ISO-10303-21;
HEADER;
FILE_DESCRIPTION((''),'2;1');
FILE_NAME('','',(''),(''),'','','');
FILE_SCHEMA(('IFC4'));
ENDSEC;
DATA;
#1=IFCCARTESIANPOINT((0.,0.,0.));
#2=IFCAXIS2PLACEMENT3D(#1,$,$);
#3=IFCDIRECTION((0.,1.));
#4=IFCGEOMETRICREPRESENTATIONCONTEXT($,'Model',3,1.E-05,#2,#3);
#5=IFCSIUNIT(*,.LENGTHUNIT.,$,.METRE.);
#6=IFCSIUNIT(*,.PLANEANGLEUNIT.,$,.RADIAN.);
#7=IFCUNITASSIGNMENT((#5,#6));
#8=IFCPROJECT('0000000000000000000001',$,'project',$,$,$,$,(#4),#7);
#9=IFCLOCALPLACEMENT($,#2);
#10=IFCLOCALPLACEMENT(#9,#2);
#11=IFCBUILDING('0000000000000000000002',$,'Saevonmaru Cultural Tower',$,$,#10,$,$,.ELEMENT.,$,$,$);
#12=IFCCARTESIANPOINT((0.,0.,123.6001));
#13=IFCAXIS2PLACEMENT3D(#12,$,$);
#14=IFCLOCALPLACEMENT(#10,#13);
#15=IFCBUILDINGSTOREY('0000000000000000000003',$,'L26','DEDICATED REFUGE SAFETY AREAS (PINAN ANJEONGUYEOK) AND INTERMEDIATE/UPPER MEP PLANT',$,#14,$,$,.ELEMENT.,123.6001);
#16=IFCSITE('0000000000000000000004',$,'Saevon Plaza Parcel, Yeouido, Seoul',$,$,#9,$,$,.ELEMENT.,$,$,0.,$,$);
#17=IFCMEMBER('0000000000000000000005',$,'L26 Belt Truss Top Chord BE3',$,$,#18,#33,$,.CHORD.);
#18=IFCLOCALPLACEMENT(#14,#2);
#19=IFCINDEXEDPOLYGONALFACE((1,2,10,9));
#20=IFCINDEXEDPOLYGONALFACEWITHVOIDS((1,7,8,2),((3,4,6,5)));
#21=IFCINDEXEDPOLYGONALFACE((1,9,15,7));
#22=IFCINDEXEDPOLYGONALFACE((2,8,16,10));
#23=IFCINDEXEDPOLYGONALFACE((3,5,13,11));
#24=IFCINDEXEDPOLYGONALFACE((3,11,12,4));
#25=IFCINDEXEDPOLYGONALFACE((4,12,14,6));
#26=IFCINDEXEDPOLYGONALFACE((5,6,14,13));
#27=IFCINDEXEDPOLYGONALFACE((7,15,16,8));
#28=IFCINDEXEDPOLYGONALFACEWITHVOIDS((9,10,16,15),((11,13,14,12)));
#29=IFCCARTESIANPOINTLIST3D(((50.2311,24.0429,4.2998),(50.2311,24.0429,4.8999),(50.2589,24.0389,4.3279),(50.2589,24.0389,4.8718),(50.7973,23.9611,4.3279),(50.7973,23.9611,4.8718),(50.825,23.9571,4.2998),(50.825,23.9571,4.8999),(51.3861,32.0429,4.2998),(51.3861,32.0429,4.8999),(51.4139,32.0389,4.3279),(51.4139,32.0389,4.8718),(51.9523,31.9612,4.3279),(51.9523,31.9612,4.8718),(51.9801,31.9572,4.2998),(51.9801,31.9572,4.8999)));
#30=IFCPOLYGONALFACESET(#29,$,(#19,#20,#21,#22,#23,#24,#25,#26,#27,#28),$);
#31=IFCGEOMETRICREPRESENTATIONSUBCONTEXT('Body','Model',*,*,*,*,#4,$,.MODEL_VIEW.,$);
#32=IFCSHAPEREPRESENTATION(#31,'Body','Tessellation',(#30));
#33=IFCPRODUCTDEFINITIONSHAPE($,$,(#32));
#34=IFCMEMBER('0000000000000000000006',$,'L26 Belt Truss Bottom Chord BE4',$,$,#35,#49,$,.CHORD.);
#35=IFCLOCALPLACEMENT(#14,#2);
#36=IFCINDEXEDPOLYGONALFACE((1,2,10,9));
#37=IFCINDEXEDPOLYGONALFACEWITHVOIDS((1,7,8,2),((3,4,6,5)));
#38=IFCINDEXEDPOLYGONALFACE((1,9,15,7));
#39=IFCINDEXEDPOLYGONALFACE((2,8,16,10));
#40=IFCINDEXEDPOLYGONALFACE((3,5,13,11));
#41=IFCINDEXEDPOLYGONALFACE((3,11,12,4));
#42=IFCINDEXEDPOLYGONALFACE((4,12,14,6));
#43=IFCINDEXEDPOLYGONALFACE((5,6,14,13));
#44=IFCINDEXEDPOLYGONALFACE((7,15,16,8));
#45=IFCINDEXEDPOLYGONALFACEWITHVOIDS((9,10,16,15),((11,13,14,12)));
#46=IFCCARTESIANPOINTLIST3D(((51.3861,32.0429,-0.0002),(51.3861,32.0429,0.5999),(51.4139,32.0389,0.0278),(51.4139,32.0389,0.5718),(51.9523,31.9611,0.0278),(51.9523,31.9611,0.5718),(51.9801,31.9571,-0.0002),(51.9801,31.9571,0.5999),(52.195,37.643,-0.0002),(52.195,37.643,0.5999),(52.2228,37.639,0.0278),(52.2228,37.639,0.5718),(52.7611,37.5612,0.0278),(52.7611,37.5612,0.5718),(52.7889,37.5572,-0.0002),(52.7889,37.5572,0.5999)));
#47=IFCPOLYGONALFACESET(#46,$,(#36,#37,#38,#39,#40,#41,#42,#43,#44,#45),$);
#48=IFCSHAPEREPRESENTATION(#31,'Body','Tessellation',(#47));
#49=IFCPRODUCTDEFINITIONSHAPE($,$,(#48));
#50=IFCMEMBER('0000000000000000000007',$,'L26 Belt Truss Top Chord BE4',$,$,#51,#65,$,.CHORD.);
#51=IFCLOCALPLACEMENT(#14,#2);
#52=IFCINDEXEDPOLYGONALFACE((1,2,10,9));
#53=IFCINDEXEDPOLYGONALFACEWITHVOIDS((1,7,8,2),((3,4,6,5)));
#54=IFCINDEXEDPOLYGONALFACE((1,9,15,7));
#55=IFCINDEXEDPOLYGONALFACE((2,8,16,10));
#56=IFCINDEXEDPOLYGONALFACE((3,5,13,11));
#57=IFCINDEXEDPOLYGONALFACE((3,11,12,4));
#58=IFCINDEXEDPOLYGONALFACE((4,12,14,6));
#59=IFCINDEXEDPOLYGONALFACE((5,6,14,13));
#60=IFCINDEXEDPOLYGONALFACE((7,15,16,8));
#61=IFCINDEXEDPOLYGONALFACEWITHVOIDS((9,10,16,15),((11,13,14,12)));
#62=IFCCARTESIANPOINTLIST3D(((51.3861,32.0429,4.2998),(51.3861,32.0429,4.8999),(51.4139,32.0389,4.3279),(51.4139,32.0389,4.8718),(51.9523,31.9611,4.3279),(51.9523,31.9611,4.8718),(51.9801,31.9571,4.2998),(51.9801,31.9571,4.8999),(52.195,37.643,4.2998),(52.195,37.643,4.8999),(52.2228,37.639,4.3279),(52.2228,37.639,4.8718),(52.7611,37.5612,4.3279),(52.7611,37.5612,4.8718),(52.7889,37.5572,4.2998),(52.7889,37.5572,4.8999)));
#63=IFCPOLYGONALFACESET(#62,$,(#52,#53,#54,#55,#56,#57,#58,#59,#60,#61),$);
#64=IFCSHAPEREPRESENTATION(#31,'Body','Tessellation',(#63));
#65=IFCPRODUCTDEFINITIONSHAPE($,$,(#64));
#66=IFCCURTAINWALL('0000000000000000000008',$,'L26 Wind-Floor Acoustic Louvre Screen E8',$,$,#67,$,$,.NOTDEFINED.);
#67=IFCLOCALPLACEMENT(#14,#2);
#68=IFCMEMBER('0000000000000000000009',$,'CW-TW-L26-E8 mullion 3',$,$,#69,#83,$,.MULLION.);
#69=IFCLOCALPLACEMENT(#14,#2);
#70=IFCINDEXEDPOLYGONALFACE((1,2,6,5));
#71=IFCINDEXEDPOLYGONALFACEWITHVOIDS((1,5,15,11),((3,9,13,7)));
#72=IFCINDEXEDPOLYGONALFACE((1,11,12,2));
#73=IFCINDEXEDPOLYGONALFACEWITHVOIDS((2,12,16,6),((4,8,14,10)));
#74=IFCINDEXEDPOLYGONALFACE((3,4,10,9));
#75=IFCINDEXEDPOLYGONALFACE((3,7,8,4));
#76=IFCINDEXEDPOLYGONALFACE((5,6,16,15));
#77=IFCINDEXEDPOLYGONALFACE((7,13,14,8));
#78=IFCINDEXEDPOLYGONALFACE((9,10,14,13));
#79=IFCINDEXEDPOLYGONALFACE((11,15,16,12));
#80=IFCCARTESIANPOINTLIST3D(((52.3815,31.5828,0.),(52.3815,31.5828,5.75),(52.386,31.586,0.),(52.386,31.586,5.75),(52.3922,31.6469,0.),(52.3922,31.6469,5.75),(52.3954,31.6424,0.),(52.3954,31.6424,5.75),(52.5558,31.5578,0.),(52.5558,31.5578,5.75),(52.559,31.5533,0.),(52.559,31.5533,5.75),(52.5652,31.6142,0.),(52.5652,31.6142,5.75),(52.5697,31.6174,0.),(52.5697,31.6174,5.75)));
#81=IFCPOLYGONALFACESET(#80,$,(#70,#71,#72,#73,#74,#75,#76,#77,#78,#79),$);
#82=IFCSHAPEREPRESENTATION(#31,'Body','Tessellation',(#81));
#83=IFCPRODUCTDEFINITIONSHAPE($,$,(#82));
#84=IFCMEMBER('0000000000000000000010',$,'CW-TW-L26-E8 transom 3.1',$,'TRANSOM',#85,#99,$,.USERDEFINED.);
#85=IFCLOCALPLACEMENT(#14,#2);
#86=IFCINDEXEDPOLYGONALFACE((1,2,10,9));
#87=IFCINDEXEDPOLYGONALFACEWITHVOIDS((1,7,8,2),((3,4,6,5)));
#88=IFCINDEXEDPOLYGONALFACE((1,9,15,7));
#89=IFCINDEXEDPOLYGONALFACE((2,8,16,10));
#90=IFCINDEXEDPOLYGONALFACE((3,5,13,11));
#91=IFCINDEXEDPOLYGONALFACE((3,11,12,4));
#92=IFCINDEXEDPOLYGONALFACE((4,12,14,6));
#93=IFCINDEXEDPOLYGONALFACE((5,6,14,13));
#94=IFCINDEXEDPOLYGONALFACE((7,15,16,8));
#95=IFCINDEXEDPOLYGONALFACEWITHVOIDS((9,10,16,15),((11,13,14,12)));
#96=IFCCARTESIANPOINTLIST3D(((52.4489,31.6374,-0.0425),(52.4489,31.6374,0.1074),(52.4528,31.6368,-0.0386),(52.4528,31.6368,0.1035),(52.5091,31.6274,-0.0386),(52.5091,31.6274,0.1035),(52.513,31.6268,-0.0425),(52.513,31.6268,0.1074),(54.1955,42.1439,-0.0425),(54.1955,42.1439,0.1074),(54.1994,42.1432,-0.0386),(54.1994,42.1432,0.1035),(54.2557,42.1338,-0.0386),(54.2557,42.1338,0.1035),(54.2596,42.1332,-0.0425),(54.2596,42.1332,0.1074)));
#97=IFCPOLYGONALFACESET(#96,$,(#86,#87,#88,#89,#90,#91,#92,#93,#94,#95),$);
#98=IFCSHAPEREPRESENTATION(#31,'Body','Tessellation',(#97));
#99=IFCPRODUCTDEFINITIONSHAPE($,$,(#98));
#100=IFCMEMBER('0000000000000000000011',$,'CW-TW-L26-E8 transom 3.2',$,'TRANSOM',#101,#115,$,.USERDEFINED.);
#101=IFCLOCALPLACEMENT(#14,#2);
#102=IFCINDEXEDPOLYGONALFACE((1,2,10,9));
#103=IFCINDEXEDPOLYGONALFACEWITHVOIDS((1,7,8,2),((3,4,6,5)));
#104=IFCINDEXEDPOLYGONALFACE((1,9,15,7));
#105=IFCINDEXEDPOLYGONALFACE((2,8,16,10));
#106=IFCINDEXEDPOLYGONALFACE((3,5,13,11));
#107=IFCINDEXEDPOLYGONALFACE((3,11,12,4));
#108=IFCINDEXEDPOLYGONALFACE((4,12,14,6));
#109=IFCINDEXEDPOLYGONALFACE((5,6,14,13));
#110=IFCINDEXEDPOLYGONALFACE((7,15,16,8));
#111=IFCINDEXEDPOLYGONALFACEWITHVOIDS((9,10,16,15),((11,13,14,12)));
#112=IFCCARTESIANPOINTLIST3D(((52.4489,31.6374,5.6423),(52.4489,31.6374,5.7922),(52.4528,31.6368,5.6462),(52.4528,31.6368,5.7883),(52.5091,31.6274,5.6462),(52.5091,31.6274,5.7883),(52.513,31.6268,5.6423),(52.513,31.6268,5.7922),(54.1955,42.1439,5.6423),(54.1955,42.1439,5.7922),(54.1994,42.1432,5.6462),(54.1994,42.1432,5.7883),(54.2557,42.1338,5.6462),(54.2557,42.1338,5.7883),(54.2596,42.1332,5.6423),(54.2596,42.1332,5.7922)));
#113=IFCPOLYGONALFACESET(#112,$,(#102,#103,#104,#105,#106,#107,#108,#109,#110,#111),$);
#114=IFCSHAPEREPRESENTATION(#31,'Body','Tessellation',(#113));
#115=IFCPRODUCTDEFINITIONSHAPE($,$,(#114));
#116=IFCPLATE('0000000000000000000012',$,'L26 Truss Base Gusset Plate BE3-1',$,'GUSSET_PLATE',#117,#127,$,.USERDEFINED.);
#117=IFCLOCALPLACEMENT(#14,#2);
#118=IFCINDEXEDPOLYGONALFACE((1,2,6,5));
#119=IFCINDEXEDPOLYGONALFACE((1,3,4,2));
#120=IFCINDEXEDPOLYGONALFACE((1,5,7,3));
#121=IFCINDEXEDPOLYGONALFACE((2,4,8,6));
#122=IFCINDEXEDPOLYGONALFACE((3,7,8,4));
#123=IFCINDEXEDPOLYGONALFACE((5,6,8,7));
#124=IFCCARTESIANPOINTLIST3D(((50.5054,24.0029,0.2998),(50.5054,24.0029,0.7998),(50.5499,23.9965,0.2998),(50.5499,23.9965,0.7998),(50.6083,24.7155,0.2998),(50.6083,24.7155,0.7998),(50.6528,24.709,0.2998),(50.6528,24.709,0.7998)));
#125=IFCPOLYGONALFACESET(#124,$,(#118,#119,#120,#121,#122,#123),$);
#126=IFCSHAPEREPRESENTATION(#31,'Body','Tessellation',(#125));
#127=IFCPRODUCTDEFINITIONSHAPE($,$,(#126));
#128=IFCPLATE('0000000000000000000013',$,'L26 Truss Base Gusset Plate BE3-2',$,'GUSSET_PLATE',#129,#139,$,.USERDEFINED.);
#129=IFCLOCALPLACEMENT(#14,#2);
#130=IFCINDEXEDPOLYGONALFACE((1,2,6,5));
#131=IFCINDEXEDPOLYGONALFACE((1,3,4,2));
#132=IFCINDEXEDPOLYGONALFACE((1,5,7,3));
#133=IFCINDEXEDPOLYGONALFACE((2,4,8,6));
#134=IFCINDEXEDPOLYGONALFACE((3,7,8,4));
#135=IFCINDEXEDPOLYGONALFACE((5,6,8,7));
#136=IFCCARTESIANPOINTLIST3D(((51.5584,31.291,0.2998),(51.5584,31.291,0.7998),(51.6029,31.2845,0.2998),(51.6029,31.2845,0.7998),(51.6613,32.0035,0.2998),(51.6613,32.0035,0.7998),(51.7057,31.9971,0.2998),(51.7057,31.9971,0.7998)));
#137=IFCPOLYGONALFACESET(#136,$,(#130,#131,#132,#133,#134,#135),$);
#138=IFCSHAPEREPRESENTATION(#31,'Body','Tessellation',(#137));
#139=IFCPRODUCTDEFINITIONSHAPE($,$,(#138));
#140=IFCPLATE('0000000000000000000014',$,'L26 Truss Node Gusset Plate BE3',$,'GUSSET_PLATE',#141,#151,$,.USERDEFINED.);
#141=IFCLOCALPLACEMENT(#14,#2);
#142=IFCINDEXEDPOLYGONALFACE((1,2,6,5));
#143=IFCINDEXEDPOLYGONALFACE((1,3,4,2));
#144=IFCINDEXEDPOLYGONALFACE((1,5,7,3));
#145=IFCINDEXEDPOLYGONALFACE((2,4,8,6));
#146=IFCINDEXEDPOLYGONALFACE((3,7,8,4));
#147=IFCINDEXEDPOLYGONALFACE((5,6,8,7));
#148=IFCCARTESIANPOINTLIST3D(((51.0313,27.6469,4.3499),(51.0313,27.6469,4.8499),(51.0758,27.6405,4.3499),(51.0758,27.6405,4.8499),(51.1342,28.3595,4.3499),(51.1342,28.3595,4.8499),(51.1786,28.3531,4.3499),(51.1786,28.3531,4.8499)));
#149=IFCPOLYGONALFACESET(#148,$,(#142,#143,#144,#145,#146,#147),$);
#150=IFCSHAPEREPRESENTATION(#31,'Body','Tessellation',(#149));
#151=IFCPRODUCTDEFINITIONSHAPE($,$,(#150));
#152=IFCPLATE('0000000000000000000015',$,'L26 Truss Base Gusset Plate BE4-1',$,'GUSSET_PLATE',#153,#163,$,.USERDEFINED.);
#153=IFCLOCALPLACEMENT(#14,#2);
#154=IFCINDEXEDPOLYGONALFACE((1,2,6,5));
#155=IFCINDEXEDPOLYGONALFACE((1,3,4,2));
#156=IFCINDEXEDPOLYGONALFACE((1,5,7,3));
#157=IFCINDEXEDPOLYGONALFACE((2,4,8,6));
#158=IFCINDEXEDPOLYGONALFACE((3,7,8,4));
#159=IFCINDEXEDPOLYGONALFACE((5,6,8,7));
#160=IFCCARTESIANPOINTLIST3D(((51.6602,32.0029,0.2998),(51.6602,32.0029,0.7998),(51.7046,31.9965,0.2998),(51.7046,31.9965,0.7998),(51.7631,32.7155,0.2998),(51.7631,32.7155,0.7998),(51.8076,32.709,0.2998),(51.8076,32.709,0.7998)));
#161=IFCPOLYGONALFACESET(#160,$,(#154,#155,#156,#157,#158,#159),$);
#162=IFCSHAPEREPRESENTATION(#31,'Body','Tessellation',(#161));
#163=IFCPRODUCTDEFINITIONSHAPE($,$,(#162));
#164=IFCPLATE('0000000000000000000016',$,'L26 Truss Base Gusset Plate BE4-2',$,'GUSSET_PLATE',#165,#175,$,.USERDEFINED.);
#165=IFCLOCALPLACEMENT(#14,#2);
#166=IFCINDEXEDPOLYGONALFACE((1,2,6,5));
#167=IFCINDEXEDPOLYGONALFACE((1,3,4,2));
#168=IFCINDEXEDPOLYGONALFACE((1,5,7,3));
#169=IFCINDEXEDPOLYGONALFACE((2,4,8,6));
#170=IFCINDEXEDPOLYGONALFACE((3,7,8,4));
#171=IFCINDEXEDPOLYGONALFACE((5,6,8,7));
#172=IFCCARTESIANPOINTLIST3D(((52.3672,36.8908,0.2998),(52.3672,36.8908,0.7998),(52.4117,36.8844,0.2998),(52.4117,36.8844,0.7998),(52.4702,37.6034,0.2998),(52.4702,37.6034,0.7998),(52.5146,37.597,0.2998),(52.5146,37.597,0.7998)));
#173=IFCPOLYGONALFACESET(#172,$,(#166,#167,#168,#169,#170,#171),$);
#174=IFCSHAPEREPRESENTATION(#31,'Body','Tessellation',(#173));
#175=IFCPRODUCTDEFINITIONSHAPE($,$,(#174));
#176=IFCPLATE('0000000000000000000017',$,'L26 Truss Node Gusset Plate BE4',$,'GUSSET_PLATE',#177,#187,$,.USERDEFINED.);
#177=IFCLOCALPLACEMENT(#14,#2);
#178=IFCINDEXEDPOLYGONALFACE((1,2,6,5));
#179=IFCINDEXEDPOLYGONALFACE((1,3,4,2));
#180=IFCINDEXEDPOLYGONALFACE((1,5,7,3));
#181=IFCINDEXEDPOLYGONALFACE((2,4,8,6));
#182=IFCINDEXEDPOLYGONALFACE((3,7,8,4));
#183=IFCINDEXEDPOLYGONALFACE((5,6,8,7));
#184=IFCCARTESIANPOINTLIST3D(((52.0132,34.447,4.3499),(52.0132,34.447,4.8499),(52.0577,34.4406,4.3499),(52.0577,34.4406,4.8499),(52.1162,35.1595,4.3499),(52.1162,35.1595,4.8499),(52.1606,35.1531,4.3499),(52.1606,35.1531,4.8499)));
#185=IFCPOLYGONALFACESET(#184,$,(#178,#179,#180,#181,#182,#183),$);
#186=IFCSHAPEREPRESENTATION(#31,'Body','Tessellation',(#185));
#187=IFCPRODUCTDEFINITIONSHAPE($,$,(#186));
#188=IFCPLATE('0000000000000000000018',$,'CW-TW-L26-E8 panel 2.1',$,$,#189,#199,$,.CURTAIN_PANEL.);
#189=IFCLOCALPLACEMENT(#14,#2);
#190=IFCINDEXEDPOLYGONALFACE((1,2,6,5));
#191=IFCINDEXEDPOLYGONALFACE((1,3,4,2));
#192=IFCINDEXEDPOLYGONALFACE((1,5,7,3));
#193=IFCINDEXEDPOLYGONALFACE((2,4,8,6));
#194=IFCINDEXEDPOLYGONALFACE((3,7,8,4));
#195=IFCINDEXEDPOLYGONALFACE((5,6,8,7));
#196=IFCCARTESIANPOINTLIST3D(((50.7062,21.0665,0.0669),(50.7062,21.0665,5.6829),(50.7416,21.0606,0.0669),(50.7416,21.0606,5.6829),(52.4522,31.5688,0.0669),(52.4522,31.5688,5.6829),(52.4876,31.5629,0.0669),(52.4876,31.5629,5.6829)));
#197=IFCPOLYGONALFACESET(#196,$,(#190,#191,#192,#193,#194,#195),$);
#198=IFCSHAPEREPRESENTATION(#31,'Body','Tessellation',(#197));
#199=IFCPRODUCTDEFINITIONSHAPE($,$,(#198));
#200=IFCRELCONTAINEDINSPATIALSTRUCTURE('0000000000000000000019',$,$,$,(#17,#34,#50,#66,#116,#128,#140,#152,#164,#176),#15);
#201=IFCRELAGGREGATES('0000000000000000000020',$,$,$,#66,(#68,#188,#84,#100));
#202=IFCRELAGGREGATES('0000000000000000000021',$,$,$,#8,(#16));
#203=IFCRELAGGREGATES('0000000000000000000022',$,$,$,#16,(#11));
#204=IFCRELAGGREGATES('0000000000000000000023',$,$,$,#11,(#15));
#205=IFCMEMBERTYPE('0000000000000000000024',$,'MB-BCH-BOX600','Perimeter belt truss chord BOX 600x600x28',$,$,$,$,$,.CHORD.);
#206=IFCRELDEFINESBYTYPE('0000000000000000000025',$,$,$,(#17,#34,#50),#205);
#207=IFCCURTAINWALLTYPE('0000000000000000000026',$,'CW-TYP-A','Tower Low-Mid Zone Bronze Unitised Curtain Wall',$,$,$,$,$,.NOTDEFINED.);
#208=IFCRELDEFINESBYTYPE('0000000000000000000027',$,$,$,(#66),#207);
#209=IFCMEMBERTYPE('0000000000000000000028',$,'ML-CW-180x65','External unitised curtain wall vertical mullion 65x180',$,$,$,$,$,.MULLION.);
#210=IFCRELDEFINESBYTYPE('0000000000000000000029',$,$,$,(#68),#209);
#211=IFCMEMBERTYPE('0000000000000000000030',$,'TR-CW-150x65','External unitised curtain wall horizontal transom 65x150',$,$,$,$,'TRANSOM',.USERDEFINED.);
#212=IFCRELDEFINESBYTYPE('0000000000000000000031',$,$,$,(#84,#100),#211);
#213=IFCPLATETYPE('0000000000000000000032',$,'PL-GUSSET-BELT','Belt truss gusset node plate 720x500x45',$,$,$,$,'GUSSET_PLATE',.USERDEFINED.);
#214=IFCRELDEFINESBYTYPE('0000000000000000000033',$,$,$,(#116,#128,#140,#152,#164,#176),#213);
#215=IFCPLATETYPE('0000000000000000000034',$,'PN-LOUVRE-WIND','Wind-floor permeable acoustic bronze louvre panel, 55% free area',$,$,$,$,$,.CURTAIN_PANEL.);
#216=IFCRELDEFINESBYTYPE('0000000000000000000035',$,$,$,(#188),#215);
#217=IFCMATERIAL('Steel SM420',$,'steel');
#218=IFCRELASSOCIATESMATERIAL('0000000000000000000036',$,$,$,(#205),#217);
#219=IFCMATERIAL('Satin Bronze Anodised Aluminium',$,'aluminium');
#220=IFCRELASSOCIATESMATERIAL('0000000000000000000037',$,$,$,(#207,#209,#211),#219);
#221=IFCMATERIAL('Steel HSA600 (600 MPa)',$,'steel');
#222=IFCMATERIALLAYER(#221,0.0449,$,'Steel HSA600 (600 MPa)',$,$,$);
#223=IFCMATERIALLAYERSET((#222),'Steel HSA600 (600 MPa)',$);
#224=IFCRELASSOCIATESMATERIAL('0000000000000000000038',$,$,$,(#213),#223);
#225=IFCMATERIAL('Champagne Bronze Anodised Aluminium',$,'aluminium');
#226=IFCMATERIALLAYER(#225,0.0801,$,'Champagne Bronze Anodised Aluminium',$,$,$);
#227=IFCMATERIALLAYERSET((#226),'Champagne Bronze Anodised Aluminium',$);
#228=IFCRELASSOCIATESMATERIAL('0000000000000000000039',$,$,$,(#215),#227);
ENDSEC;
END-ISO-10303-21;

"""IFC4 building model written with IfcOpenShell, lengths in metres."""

from ifc_helpers import new_model, si_unit, direction, frame, origin, origin_2d, place, context, subcontext, project, spatial, rectangle, hollow_rectangle, extrude, material, layer, layer_set, material_profile, profile_set, type_object, element, aggregate, save


model = new_model("IFC4")

# Units and contexts
model_context = context("Model", 3, precision=1e-05, world=origin(), true_north=direction((0.0, 1.0)))
body_context = subcontext(model_context, "Body", "Model", "MODEL_VIEW")
ifc_project = project(units=[si_unit("LENGTHUNIT", "METRE"), si_unit("PLANEANGLEUNIT", "RADIAN")], contexts=[model_context])

# Site, building, storey
site_placement = place(None, origin())
site = spatial("IfcSite", under=ifc_project, at=site_placement, Name="Saevon Plaza Parcel, Yeouido, Seoul", CompositionType="ELEMENT", RefElevation=0.0)
building_placement = place(site_placement, origin())
building = spatial("IfcBuilding", under=site, at=building_placement, Name="Saevonmaru Cultural Tower", CompositionType="ELEMENT")
storey_placement = place(building_placement, frame((0.0, 0.0, 123.6001)))
storey = spatial("IfcBuildingStorey", under=building, at=storey_placement, Name="L26", Description="DEDICATED REFUGE SAFETY AREAS (PINAN ANJEONGUYEOK) AND INTERMEDIATE/UPPER MEP PLANT", CompositionType="ELEMENT", Elevation=123.6001)

# Shared definitions
ifc_material_1 = material(Name="Steel SM420", Category="steel")

# Members
ifc_material_profile_1 = material_profile(ifc_material_1, hollow_rectangle(XDim=0.6001, YDim=0.6001, WallThickness=0.0281, at=origin_2d()), Name="BOX-600x600x28")
ifc_profile_set_1 = profile_set([ifc_material_profile_1], Name="Steel SM420")
member_type_1 = type_object("IfcMemberType", Name="MB-BCH-BOX600", Description="Perimeter belt truss chord BOX 600x600x28", PredefinedType="CHORD", material=ifc_profile_set_1)
for number, where, z_axis, x_axis, name in (
    (1, (50.5281, 24.0, 4.5999), (0.142897, 0.989738, 0.0), (-0.989738, 0.142897, 0.0), "L26 Belt Truss Top Chord BE3"),
):
    element("IfcMember", number, at=place(storey_placement, frame(where, z_axis=z_axis, x_axis=x_axis)), inside=storey, type_object=member_type_1, Name=name, PredefinedType="CHORD", context=body_context, shape_type="SweptSolid", body=[
        extrude(hollow_rectangle(XDim=0.6001, YDim=0.6001, WallThickness=0.0281, at=origin_2d()), origin(), (0.0, 0.0, 1.0), 8.083),
    ])
for number, where, z_axis, x_axis, name in (
    (2, (51.6831, 32.0, 0.2998), (0.142949, 0.98973, 0.0), (-0.98973, 0.142949, 0.0), "L26 Belt Truss Bottom Chord BE4"),
    (3, (51.6831, 32.0, 4.5999), (0.142949, 0.98973, 0.0), (-0.98973, 0.142949, 0.0), "L26 Belt Truss Top Chord BE4"),
):
    element("IfcMember", number, at=place(storey_placement, frame(where, z_axis=z_axis, x_axis=x_axis)), inside=storey, type_object=member_type_1, Name=name, PredefinedType="CHORD", context=body_context, shape_type="SweptSolid", body=[
        extrude(hollow_rectangle(XDim=0.6001, YDim=0.6001, WallThickness=0.0281, at=origin_2d()), origin(), (0.0, 0.0, 1.0), 5.6582),
    ])

# Curtain wall, members
ifc_material_2 = material(Name="Satin Bronze Anodised Aluminium", Category="aluminium")
curtain_wall_type = type_object("IfcCurtainWallType", Name="CW-TYP-A", Description="Tower Low-Mid Zone Bronze Unitised Curtain Wall", PredefinedType="NOTDEFINED", material=ifc_material_2)
curtain_wall_placement = place(storey_placement, origin())
curtain_wall = element("IfcCurtainWall", 4, at=curtain_wall_placement, inside=storey, type_object=curtain_wall_type, Name="L26 Wind-Floor Acoustic Louvre Screen E8", PredefinedType="NOTDEFINED")
ifc_material_profile_2 = material_profile(ifc_material_2, hollow_rectangle(XDim=0.0649, YDim=0.1799, WallThickness=0.0039, at=origin_2d()), Name="ALU-MULL-180x65x4")
ifc_profile_set_2 = profile_set([ifc_material_profile_2], Name="Satin Bronze Anodised Aluminium")
member_type_2 = type_object("IfcMemberType", Name="ML-CW-180x65", Description="External unitised curtain wall vertical mullion 65x180", PredefinedType="MULLION", material=ifc_profile_set_2)
member_1_placement = place(storey_placement, frame((52.4756, 31.6001, 0.0), z_axis=(0.0, 0.0, 1.0), x_axis=(0.163999, 0.986461, 0.0)))
member_1 = element("IfcMember", 5, at=member_1_placement, type_object=member_type_2, Name="CW-TW-L26-E8 mullion 3", PredefinedType="MULLION", context=body_context, shape_type="SweptSolid", body=[
    extrude(hollow_rectangle(XDim=0.0649, YDim=0.1799, WallThickness=0.0039, at=origin_2d()), origin(), (0.0, 0.0, 1.0), 5.75),
])
ifc_material_profile_3 = material_profile(ifc_material_2, hollow_rectangle(XDim=0.0649, YDim=0.1499, WallThickness=0.0039, at=origin_2d()), Name="ALU-TRAN-150x65x4")
ifc_profile_set_3 = profile_set([ifc_material_profile_3], Name="Satin Bronze Anodised Aluminium")
member_type_3 = type_object("IfcMemberType", Name="TR-CW-150x65", Description="External unitised curtain wall horizontal transom 65x150", ElementType="TRANSOM", PredefinedType="USERDEFINED", material=ifc_profile_set_3)
member_2_placement = place(storey_placement, frame((52.481, 31.6321, 0.0325), z_axis=(0.16399, 0.986462, 0.0), x_axis=(-0.986462, 0.16399, 0.0)))
member_2 = element("IfcMember", 6, at=member_2_placement, type_object=member_type_3, Name="CW-TW-L26-E8 transom 3.1", ObjectType="TRANSOM", PredefinedType="USERDEFINED", context=body_context, shape_type="SweptSolid", body=[
    extrude(hollow_rectangle(XDim=0.0649, YDim=0.1499, WallThickness=0.0039, at=origin_2d()), origin(), (0.0, 0.0, 1.0), 10.6506),
])
member_3_placement = place(storey_placement, frame((52.481, 31.6321, 5.7173), z_axis=(0.16399, 0.986462, 0.0), x_axis=(-0.986462, 0.16399, 0.0)))
member_3 = element("IfcMember", 7, at=member_3_placement, type_object=member_type_3, Name="CW-TW-L26-E8 transom 3.2", ObjectType="TRANSOM", PredefinedType="USERDEFINED", context=body_context, shape_type="SweptSolid", body=[
    extrude(hollow_rectangle(XDim=0.0649, YDim=0.1499, WallThickness=0.0039, at=origin_2d()), origin(), (0.0, 0.0, 1.0), 10.6506),
])

# Plates
ifc_material_3 = material(Name="Steel HSA600 (600 MPa)", Category="steel")
ifc_layer_1 = layer(ifc_material_3, 0.0449, Name="Steel HSA600 (600 MPa)")
ifc_layer_set_1 = layer_set([ifc_layer_1], Name="Steel HSA600 (600 MPa)")
plate_type_1 = type_object("IfcPlateType", Name="PL-GUSSET-BELT", Description="Belt truss gusset node plate 720x500x45", ElementType="GUSSET_PLATE", PredefinedType="USERDEFINED", material=ifc_layer_set_1)
for number, where, z_axis, x_axis, name in (
    (8, (50.5791, 24.356, 0.2998), (0.0, 0.0, 1.0), (0.142888, 0.989739, 0.0), "L26 Truss Base Gusset Plate BE3-1"),
    (9, (51.6321, 31.644, 0.2998), (0.0, 0.0, 1.0), (0.142888, 0.989739, 0.0), "L26 Truss Base Gusset Plate BE3-2"),
    (10, (51.105, 28.0, 4.3499), (0.0, 0.0, 1.0), (0.142888, 0.989739, 0.0), "L26 Truss Node Gusset Plate BE3"),
    (11, (51.7339, 32.356, 0.2998), (0.0, 0.0, 1.0), (0.142974, 0.989726, 0.0), "L26 Truss Base Gusset Plate BE4-1"),
    (12, (52.4409, 37.2439, 0.2998), (0.0, 0.0, 1.0), (0.142974, 0.989726, 0.0), "L26 Truss Base Gusset Plate BE4-2"),
    (13, (52.0869, 34.8, 4.3499), (0.0, 0.0, 1.0), (0.142974, 0.989726, 0.0), "L26 Truss Node Gusset Plate BE4"),
):
    element("IfcPlate", number, at=place(storey_placement, frame(where, z_axis=z_axis, x_axis=x_axis)), inside=storey, type_object=plate_type_1, Name=name, ObjectType="GUSSET_PLATE", PredefinedType="USERDEFINED", context=body_context, shape_type="SweptSolid", body=[
        extrude(rectangle(XDim=0.72, YDim=0.0449, at=origin_2d()), origin(), (0.0, 0.0, 1.0), 0.5),
    ])

# Plate
ifc_material_4 = material(Name="Champagne Bronze Anodised Aluminium", Category="aluminium")
ifc_layer_2 = layer(ifc_material_4, 0.0801, Name="Champagne Bronze Anodised Aluminium")
ifc_layer_set_2 = layer_set([ifc_layer_2], Name="Champagne Bronze Anodised Aluminium")
plate_type_2 = type_object("IfcPlateType", Name="PN-LOUVRE-WIND", Description="Wind-floor permeable acoustic bronze louvre panel, 55% free area", PredefinedType="CURTAIN_PANEL", material=ifc_layer_set_2)
plate_1_placement = place(storey_placement, frame((51.5969, 26.3147, 0.0669), z_axis=(0.0, 0.0, 1.0), x_axis=(0.163999, 0.986461, 0.0)))
plate_1 = element("IfcPlate", 14, at=plate_1_placement, type_object=plate_type_2, Name="CW-TW-L26-E8 panel 2.1", PredefinedType="CURTAIN_PANEL", context=body_context, shape_type="SweptSolid", body=[
    extrude(rectangle(XDim=10.6465, YDim=0.0359, at=origin_2d()), origin(), (0.0, 0.0, 1.0), 5.616),
])
aggregate(curtain_wall, [member_1, plate_1, member_2, member_3])

save(model, "model.ifc")
